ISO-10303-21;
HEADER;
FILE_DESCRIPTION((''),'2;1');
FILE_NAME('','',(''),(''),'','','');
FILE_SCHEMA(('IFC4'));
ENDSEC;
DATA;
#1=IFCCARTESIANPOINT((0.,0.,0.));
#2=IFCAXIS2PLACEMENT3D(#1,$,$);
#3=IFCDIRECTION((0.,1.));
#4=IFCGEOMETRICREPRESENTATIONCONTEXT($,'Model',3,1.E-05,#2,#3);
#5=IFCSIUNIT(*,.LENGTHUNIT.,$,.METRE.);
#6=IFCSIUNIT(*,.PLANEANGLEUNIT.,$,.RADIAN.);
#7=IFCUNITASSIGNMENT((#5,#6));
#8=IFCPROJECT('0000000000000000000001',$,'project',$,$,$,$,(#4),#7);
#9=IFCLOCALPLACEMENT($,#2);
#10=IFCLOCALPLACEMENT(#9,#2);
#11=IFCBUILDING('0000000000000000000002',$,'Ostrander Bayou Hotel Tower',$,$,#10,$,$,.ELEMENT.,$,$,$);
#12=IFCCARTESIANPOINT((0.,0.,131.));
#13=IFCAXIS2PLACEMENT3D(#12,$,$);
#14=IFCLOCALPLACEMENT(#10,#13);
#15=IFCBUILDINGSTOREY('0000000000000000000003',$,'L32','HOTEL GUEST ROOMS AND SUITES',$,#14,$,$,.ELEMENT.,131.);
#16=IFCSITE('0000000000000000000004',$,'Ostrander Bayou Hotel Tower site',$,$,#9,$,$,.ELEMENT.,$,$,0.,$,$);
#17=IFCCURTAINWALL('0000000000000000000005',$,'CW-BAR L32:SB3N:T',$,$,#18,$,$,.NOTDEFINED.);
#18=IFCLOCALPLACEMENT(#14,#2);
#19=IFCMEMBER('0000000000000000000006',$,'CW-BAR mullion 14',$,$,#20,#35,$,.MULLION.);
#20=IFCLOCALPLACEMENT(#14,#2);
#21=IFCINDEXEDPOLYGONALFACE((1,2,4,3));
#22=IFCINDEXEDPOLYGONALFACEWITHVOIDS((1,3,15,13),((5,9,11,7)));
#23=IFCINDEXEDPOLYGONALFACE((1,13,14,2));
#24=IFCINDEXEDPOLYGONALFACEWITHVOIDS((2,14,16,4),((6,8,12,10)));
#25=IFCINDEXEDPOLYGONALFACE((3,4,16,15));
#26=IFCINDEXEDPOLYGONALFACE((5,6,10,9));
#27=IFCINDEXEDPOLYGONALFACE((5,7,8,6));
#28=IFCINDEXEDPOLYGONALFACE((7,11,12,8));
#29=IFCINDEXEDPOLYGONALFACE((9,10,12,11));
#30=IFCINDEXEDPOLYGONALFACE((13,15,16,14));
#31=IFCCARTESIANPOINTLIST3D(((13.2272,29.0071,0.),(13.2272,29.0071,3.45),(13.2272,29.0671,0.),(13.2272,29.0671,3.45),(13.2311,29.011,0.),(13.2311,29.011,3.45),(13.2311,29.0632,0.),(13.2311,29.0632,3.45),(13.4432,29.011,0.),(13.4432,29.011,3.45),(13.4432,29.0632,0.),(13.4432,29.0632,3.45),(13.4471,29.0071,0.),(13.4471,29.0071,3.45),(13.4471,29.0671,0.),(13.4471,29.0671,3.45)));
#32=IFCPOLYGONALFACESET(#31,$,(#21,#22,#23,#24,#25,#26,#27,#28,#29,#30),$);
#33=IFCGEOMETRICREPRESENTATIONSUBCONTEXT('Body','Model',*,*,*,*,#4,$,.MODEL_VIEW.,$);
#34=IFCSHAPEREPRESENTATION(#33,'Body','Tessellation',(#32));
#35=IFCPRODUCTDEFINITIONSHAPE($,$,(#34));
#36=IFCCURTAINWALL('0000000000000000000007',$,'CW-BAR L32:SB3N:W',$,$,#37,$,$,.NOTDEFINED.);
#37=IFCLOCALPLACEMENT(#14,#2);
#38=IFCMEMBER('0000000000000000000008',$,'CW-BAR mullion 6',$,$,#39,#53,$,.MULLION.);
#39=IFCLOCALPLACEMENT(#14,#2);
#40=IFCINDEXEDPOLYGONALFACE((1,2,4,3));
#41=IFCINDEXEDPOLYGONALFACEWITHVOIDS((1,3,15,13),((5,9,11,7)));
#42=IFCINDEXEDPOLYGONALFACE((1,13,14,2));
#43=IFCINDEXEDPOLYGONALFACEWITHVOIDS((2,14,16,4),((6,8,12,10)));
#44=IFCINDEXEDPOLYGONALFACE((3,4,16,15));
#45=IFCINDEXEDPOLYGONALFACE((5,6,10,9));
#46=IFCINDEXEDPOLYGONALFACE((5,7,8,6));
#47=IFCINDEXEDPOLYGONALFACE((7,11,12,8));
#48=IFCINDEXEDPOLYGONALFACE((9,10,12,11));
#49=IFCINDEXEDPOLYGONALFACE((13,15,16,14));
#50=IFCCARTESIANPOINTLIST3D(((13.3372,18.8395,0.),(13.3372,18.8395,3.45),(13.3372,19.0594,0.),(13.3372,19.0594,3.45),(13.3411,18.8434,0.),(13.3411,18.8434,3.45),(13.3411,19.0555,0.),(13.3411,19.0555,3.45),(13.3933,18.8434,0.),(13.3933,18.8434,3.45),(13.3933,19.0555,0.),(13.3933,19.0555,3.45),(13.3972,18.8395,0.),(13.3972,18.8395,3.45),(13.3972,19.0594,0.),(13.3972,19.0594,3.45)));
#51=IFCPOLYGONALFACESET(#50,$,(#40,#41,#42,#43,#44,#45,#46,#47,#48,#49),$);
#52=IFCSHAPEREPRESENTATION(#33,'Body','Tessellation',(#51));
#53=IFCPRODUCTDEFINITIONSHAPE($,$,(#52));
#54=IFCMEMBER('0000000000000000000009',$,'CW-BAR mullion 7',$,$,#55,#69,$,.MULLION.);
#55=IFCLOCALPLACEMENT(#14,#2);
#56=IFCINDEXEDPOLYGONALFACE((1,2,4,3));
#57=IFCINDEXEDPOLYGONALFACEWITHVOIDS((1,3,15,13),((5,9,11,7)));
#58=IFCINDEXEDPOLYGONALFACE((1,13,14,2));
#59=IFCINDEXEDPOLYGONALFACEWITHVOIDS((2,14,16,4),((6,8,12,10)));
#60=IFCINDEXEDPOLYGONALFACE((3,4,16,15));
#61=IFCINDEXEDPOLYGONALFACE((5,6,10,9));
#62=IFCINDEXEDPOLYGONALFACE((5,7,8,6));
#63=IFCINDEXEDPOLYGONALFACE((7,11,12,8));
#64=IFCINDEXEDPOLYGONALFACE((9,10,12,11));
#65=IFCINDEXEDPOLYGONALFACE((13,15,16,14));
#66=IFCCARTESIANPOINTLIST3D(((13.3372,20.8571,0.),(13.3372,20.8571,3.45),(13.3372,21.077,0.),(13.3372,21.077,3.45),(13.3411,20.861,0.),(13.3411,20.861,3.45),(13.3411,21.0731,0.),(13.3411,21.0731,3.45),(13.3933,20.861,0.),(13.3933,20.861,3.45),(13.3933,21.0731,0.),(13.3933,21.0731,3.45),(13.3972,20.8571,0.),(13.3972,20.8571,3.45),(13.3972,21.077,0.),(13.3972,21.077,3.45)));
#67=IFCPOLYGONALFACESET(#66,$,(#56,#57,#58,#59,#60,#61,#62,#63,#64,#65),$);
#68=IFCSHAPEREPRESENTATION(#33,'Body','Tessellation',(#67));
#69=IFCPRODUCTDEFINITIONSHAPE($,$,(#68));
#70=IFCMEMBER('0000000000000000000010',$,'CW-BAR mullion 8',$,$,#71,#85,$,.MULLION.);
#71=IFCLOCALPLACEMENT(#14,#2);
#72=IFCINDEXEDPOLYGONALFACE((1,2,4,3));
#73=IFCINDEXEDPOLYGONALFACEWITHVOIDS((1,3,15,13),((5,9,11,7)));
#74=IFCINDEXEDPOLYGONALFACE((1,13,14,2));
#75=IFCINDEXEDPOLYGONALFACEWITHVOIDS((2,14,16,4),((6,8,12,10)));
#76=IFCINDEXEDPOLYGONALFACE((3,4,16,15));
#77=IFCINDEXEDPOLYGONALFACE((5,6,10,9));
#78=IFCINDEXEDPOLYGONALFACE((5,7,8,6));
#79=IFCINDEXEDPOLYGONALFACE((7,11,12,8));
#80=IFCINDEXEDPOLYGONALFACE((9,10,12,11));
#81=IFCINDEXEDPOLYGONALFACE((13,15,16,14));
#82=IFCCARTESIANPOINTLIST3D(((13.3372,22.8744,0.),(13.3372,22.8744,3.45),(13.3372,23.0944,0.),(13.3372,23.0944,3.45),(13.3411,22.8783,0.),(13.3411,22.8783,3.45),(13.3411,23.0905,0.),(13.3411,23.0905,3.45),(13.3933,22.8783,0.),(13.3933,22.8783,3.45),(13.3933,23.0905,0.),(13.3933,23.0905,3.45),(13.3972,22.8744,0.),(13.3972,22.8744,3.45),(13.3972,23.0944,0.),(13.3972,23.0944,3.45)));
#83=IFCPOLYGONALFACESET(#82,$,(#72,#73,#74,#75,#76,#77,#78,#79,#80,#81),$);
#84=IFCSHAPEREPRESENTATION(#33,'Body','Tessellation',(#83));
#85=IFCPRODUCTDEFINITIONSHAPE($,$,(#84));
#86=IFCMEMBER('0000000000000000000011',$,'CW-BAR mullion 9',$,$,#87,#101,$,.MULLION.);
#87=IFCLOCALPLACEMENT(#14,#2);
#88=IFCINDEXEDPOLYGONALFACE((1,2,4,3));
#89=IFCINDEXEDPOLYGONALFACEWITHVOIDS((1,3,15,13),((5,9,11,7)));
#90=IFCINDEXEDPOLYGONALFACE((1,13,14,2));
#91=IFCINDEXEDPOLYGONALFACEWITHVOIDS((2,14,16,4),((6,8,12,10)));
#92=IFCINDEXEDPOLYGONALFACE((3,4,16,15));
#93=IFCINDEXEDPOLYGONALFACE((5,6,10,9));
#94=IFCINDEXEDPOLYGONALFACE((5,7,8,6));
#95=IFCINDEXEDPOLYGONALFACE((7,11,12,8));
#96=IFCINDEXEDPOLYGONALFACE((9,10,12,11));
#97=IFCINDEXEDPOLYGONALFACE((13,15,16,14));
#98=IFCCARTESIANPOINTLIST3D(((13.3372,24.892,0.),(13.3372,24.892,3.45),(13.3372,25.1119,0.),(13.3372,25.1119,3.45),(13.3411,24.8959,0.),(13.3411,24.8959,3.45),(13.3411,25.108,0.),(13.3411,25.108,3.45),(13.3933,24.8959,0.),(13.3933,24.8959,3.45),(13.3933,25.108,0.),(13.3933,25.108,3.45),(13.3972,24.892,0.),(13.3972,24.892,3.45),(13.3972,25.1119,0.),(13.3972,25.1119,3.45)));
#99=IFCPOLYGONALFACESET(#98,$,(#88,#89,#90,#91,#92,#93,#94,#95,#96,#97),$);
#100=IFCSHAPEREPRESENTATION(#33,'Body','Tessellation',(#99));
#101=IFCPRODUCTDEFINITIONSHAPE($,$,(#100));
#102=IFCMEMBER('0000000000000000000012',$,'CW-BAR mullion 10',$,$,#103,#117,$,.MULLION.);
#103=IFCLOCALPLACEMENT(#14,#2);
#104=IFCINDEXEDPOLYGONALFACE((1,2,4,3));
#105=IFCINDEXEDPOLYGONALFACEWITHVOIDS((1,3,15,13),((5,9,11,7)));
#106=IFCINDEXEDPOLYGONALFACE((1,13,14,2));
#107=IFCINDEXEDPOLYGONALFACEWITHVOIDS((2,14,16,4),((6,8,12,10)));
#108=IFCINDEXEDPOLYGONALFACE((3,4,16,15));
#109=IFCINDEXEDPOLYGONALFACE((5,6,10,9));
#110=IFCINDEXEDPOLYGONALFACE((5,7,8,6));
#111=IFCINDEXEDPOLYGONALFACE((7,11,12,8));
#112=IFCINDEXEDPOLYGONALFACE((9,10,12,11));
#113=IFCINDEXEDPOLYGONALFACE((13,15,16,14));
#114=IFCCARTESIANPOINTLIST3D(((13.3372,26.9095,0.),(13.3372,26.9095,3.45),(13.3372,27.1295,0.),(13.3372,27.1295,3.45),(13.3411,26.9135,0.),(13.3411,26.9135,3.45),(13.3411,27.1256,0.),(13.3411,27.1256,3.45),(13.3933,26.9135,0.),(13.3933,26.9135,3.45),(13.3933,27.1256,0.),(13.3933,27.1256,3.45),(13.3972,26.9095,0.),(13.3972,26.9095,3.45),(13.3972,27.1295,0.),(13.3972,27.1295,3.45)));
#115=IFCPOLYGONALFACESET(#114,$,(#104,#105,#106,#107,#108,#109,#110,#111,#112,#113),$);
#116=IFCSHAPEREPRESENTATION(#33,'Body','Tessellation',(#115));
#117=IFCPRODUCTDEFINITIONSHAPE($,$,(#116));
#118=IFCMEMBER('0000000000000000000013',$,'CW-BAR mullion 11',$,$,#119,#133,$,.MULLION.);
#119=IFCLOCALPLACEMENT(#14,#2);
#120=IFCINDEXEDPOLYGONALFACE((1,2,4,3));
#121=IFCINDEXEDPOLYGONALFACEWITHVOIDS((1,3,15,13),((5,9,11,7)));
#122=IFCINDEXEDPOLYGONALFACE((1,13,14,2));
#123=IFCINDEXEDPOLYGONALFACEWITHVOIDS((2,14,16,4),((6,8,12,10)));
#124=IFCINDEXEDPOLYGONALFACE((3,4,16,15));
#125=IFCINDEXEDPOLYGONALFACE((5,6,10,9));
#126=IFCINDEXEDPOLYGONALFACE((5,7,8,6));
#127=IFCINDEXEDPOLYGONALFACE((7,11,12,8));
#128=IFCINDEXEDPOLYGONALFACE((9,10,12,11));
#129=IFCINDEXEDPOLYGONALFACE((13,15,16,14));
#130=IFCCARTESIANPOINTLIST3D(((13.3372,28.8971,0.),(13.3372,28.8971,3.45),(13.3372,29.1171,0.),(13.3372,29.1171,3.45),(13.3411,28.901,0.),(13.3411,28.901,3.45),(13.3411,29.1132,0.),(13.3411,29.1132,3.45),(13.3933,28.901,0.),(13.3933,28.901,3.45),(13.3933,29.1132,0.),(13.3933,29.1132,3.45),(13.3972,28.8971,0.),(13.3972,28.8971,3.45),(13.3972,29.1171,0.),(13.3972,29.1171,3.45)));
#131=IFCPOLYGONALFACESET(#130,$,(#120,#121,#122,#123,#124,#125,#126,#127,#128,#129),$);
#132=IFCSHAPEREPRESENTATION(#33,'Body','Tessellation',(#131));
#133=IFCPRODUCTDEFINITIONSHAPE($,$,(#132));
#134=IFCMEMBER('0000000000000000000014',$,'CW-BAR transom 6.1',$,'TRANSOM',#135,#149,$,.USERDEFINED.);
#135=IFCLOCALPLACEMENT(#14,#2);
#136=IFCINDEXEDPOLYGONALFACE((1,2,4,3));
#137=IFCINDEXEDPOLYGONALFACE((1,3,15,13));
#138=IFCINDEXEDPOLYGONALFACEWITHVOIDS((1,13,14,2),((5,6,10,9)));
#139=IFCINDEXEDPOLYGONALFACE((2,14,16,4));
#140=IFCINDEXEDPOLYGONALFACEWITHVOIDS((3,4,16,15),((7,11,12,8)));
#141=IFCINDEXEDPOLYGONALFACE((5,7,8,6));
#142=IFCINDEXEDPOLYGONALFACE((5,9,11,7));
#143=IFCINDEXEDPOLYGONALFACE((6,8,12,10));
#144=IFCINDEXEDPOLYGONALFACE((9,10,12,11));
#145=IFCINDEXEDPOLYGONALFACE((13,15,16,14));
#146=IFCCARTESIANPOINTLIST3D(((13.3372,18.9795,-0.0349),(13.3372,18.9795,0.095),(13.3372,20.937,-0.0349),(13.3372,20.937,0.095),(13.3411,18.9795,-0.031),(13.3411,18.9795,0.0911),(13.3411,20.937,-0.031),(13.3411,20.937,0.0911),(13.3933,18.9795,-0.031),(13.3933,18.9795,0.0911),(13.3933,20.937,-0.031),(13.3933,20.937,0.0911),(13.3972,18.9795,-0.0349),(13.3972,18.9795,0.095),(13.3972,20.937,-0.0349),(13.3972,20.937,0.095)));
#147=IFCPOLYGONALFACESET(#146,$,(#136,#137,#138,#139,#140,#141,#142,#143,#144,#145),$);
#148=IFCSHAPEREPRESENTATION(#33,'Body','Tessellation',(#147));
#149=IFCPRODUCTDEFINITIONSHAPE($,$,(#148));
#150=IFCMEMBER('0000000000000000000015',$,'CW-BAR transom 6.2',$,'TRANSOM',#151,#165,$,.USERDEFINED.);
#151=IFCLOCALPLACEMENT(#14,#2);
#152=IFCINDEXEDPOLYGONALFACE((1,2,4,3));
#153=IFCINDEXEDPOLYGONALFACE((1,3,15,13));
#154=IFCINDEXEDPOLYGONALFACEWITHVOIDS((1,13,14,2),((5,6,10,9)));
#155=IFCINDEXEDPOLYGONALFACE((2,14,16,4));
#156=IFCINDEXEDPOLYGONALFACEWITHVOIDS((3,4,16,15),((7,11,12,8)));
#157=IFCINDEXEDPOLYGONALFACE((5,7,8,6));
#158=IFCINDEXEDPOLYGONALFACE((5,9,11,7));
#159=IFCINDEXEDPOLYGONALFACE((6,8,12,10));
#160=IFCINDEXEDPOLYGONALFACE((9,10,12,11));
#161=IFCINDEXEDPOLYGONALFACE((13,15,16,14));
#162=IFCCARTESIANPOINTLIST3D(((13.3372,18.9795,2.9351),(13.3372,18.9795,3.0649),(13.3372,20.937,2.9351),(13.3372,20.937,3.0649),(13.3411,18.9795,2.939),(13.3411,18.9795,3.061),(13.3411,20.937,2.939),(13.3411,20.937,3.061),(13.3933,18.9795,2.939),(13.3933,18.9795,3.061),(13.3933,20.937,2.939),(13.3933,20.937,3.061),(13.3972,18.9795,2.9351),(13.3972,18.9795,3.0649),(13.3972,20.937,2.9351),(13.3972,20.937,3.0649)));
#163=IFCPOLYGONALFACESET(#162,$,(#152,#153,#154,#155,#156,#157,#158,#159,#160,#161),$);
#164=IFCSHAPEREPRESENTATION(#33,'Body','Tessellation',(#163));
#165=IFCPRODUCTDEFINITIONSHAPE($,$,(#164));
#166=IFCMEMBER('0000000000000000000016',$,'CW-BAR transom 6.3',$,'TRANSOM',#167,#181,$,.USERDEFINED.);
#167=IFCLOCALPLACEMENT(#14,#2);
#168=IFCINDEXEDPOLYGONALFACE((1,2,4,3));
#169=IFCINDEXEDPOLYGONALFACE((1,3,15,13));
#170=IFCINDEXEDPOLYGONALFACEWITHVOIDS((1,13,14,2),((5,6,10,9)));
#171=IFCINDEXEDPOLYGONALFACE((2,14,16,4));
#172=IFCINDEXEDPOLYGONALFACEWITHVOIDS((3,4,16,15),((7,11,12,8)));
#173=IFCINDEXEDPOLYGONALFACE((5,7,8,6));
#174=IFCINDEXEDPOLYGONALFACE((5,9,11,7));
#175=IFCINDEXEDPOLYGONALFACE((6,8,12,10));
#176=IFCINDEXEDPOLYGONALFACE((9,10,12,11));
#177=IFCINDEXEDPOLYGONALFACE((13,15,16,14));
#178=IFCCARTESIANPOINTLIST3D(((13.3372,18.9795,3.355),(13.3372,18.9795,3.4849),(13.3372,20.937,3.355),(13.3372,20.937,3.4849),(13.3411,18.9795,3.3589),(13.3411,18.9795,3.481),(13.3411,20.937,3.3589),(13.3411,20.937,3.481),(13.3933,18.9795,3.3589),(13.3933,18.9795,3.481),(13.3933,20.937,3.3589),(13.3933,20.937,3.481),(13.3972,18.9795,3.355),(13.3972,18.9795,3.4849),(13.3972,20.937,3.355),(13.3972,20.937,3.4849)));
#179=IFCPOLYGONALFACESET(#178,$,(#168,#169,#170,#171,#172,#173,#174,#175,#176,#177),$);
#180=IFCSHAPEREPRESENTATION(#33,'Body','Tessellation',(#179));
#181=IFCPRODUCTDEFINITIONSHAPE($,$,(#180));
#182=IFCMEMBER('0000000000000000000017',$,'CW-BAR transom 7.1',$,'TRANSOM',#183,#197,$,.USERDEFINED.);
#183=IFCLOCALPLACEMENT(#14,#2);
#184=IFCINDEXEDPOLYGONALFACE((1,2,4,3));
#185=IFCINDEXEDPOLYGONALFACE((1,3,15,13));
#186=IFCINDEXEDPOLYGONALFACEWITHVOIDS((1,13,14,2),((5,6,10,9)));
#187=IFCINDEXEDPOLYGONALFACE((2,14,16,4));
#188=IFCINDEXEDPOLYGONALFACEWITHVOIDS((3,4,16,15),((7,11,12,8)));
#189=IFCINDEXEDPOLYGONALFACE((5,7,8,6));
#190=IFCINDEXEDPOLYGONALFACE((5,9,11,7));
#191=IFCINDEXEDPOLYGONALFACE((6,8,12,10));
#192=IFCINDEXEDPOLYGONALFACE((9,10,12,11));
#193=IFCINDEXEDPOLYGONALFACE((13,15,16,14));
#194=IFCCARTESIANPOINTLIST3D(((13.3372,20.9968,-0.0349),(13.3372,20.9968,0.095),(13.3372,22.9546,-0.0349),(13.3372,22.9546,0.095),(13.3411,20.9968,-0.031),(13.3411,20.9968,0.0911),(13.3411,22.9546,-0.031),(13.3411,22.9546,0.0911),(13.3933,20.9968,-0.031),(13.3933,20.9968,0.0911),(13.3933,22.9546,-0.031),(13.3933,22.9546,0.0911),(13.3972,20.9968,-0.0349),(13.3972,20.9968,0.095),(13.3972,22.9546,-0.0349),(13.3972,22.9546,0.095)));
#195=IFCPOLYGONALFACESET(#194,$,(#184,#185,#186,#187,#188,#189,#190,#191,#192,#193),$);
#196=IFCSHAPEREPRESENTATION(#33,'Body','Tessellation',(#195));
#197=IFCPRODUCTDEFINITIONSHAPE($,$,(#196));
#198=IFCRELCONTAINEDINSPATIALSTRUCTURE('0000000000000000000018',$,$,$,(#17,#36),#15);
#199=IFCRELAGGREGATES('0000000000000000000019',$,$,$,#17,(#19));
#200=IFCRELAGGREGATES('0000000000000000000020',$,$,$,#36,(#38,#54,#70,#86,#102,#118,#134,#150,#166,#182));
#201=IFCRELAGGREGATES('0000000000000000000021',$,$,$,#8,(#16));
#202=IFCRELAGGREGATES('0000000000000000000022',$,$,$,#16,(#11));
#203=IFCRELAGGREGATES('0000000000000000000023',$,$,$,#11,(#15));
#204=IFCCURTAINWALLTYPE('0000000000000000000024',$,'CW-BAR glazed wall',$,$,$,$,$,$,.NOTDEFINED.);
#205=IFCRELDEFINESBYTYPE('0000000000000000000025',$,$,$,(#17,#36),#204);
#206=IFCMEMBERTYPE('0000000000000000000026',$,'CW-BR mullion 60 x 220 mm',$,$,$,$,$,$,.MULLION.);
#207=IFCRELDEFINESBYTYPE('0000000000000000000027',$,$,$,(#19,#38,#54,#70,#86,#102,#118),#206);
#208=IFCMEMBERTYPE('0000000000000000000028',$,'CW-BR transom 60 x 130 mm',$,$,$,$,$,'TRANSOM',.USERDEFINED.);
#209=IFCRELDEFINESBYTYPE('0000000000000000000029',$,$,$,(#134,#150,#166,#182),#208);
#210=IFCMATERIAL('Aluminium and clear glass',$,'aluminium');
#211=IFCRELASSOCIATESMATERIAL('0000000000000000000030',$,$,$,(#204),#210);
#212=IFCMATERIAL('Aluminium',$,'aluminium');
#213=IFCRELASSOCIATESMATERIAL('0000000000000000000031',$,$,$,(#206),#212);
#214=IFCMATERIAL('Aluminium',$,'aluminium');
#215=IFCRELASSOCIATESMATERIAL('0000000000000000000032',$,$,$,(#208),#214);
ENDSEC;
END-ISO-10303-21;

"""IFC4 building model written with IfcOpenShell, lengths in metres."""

from ifc_helpers import new_model, si_unit, direction, frame, origin, origin_2d, place, context, subcontext, project, spatial, hollow_rectangle, extrude, material, material_profile, profile_set, type_object, element, aggregate, save


model = new_model("IFC4")

# Units and contexts
model_context = context("Model", 3, precision=1e-05, world=origin(), true_north=direction((0.0, 1.0)))
body_context = subcontext(model_context, "Body", "Model", "MODEL_VIEW")
ifc_project = project(units=[si_unit("LENGTHUNIT", "METRE"), si_unit("PLANEANGLEUNIT", "RADIAN")], contexts=[model_context])

# Site, building, storey
site_placement = place(None, origin())
site = spatial("IfcSite", under=ifc_project, at=site_placement, Name="Ostrander Bayou Hotel Tower site", CompositionType="ELEMENT", RefElevation=0.0)
building_placement = place(site_placement, origin())
building = spatial("IfcBuilding", under=site, at=building_placement, Name="Ostrander Bayou Hotel Tower", CompositionType="ELEMENT")
storey_placement = place(building_placement, frame((0.0, 0.0, 131.0)))
storey = spatial("IfcBuildingStorey", under=building, at=storey_placement, Name="L32", Description="HOTEL GUEST ROOMS AND SUITES", CompositionType="ELEMENT", Elevation=131.0)

# Curtain wall, member
ifc_material_1 = material(Name="Aluminium and clear glass", Category="aluminium")
curtain_wall_type = type_object("IfcCurtainWallType", Name="CW-BAR glazed wall", PredefinedType="NOTDEFINED", material=ifc_material_1)
curtain_wall_1_placement = place(storey_placement, origin())
curtain_wall_1 = element("IfcCurtainWall", 1, at=curtain_wall_1_placement, inside=storey, type_object=curtain_wall_type, Name="CW-BAR L32:SB3N:T", PredefinedType="NOTDEFINED")
ifc_material_2 = material(Name="Aluminium", Category="aluminium")
ifc_material_profile_1 = material_profile(ifc_material_2, hollow_rectangle(XDim=0.0601, YDim=0.22, WallThickness=0.0039, at=origin_2d()))
ifc_profile_set_1 = profile_set([ifc_material_profile_1], Name="Aluminium")
member_type_1 = type_object("IfcMemberType", Name="CW-BR mullion 60 x 220 mm", PredefinedType="MULLION", material=ifc_profile_set_1)
member_1_placement = place(storey_placement, frame((13.3372, 29.0371, 0.0), z_axis=(0.0, 0.0, 1.0), x_axis=(0.0, 1.0, 0.0)))
member_1 = element("IfcMember", 2, at=member_1_placement, type_object=member_type_1, Name="CW-BAR mullion 14", PredefinedType="MULLION", context=body_context, shape_type="SweptSolid", body=[
    extrude(hollow_rectangle(XDim=0.0601, YDim=0.22, WallThickness=0.0039, at=origin_2d()), origin(), (0.0, 0.0, 1.0), 3.45),
])

# Curtain wall, members
curtain_wall_2_placement = place(storey_placement, origin())
curtain_wall_2 = element("IfcCurtainWall", 3, at=curtain_wall_2_placement, inside=storey, type_object=curtain_wall_type, Name="CW-BAR L32:SB3N:W", PredefinedType="NOTDEFINED")
member_2_placement = place(storey_placement, frame((13.3672, 18.9495, 0.0), z_axis=(0.0, 0.0, 1.0), x_axis=(-1.0, 0.0, 0.0)))
member_2 = element("IfcMember", 4, at=member_2_placement, type_object=member_type_1, Name="CW-BAR mullion 6", PredefinedType="MULLION", context=body_context, shape_type="SweptSolid", body=[
    extrude(hollow_rectangle(XDim=0.0601, YDim=0.22, WallThickness=0.0039, at=origin_2d()), origin(), (0.0, 0.0, 1.0), 3.45),
])
member_3_placement = place(storey_placement, frame((13.3672, 20.967, 0.0), z_axis=(0.0, 0.0, 1.0), x_axis=(-1.0, 0.0, 0.0)))
member_3 = element("IfcMember", 5, at=member_3_placement, type_object=member_type_1, Name="CW-BAR mullion 7", PredefinedType="MULLION", context=body_context, shape_type="SweptSolid", body=[
    extrude(hollow_rectangle(XDim=0.0601, YDim=0.22, WallThickness=0.0039, at=origin_2d()), origin(), (0.0, 0.0, 1.0), 3.45),
])
member_4_placement = place(storey_placement, frame((13.3672, 22.9844, 0.0), z_axis=(0.0, 0.0, 1.0), x_axis=(-1.0, 0.0, 0.0)))
member_4 = element("IfcMember", 6, at=member_4_placement, type_object=member_type_1, Name="CW-BAR mullion 8", PredefinedType="MULLION", context=body_context, shape_type="SweptSolid", body=[
    extrude(hollow_rectangle(XDim=0.0601, YDim=0.22, WallThickness=0.0039, at=origin_2d()), origin(), (0.0, 0.0, 1.0), 3.45),
])
member_5_placement = place(storey_placement, frame((13.3672, 25.002, 0.0), z_axis=(0.0, 0.0, 1.0), x_axis=(-1.0, 0.0, 0.0)))
member_5 = element("IfcMember", 7, at=member_5_placement, type_object=member_type_1, Name="CW-BAR mullion 9", PredefinedType="MULLION", context=body_context, shape_type="SweptSolid", body=[
    extrude(hollow_rectangle(XDim=0.0601, YDim=0.22, WallThickness=0.0039, at=origin_2d()), origin(), (0.0, 0.0, 1.0), 3.45),
])
member_6_placement = place(storey_placement, frame((13.3672, 27.0195, 0.0), z_axis=(0.0, 0.0, 1.0), x_axis=(-1.0, 0.0, 0.0)))
member_6 = element("IfcMember", 8, at=member_6_placement, type_object=member_type_1, Name="CW-BAR mullion 10", PredefinedType="MULLION", context=body_context, shape_type="SweptSolid", body=[
    extrude(hollow_rectangle(XDim=0.0601, YDim=0.22, WallThickness=0.0039, at=origin_2d()), origin(), (0.0, 0.0, 1.0), 3.45),
])
member_7_placement = place(storey_placement, frame((13.3672, 29.0071, 0.0), z_axis=(0.0, 0.0, 1.0), x_axis=(-1.0, 0.0, 0.0)))
member_7 = element("IfcMember", 9, at=member_7_placement, type_object=member_type_1, Name="CW-BAR mullion 11", PredefinedType="MULLION", context=body_context, shape_type="SweptSolid", body=[
    extrude(hollow_rectangle(XDim=0.0601, YDim=0.22, WallThickness=0.0039, at=origin_2d()), origin(), (0.0, 0.0, 1.0), 3.45),
])
ifc_material_3 = material(Name="Aluminium", Category="aluminium")
ifc_material_profile_2 = material_profile(ifc_material_3, hollow_rectangle(XDim=0.0601, YDim=0.1299, WallThickness=0.0039, at=origin_2d()))
ifc_profile_set_2 = profile_set([ifc_material_profile_2], Name="Aluminium")
member_type_2 = type_object("IfcMemberType", Name="CW-BR transom 60 x 130 mm", ElementType="TRANSOM", PredefinedType="USERDEFINED", material=ifc_profile_set_2)
member_8_placement = place(storey_placement, frame((13.3672, 18.9795, 0.03), z_axis=(0.0, 1.0, 0.0), x_axis=(-1.0, 0.0, 0.0)))
member_8 = element("IfcMember", 10, at=member_8_placement, type_object=member_type_2, Name="CW-BAR transom 6.1", ObjectType="TRANSOM", PredefinedType="USERDEFINED", context=body_context, shape_type="SweptSolid", body=[
    extrude(hollow_rectangle(XDim=0.0601, YDim=0.1299, WallThickness=0.0039, at=origin_2d()), origin(), (0.0, 0.0, 1.0), 1.9575),
])
member_9_placement = place(storey_placement, frame((13.3672, 18.9795, 3.0), z_axis=(0.0, 1.0, 0.0), x_axis=(-1.0, 0.0, 0.0)))
member_9 = element("IfcMember", 11, at=member_9_placement, type_object=member_type_2, Name="CW-BAR transom 6.2", ObjectType="TRANSOM", PredefinedType="USERDEFINED", context=body_context, shape_type="SweptSolid", body=[
    extrude(hollow_rectangle(XDim=0.0601, YDim=0.1299, WallThickness=0.0039, at=origin_2d()), origin(), (0.0, 0.0, 1.0), 1.9575),
])
member_10_placement = place(storey_placement, frame((13.3672, 18.9795, 3.4199), z_axis=(0.0, 1.0, 0.0), x_axis=(-1.0, 0.0, 0.0)))
member_10 = element("IfcMember", 12, at=member_10_placement, type_object=member_type_2, Name="CW-BAR transom 6.3", ObjectType="TRANSOM", PredefinedType="USERDEFINED", context=body_context, shape_type="SweptSolid", body=[
    extrude(hollow_rectangle(XDim=0.0601, YDim=0.1299, WallThickness=0.0039, at=origin_2d()), origin(), (0.0, 0.0, 1.0), 1.9575),
])
member_11_placement = place(storey_placement, frame((13.3672, 20.9968, 0.03), z_axis=(0.0, 1.0, 0.0), x_axis=(-1.0, 0.0, 0.0)))
member_11 = element("IfcMember", 13, at=member_11_placement, type_object=member_type_2, Name="CW-BAR transom 7.1", ObjectType="TRANSOM", PredefinedType="USERDEFINED", context=body_context, shape_type="SweptSolid", body=[
    extrude(hollow_rectangle(XDim=0.0601, YDim=0.1299, WallThickness=0.0039, at=origin_2d()), origin(), (0.0, 0.0, 1.0), 1.9578),
])

aggregate(curtain_wall_1, [member_1])
aggregate(curtain_wall_2, [member_2, member_3, member_4, member_5, member_6, member_7, member_8, member_9, member_10, member_11])

save(model, "model.ifc")
